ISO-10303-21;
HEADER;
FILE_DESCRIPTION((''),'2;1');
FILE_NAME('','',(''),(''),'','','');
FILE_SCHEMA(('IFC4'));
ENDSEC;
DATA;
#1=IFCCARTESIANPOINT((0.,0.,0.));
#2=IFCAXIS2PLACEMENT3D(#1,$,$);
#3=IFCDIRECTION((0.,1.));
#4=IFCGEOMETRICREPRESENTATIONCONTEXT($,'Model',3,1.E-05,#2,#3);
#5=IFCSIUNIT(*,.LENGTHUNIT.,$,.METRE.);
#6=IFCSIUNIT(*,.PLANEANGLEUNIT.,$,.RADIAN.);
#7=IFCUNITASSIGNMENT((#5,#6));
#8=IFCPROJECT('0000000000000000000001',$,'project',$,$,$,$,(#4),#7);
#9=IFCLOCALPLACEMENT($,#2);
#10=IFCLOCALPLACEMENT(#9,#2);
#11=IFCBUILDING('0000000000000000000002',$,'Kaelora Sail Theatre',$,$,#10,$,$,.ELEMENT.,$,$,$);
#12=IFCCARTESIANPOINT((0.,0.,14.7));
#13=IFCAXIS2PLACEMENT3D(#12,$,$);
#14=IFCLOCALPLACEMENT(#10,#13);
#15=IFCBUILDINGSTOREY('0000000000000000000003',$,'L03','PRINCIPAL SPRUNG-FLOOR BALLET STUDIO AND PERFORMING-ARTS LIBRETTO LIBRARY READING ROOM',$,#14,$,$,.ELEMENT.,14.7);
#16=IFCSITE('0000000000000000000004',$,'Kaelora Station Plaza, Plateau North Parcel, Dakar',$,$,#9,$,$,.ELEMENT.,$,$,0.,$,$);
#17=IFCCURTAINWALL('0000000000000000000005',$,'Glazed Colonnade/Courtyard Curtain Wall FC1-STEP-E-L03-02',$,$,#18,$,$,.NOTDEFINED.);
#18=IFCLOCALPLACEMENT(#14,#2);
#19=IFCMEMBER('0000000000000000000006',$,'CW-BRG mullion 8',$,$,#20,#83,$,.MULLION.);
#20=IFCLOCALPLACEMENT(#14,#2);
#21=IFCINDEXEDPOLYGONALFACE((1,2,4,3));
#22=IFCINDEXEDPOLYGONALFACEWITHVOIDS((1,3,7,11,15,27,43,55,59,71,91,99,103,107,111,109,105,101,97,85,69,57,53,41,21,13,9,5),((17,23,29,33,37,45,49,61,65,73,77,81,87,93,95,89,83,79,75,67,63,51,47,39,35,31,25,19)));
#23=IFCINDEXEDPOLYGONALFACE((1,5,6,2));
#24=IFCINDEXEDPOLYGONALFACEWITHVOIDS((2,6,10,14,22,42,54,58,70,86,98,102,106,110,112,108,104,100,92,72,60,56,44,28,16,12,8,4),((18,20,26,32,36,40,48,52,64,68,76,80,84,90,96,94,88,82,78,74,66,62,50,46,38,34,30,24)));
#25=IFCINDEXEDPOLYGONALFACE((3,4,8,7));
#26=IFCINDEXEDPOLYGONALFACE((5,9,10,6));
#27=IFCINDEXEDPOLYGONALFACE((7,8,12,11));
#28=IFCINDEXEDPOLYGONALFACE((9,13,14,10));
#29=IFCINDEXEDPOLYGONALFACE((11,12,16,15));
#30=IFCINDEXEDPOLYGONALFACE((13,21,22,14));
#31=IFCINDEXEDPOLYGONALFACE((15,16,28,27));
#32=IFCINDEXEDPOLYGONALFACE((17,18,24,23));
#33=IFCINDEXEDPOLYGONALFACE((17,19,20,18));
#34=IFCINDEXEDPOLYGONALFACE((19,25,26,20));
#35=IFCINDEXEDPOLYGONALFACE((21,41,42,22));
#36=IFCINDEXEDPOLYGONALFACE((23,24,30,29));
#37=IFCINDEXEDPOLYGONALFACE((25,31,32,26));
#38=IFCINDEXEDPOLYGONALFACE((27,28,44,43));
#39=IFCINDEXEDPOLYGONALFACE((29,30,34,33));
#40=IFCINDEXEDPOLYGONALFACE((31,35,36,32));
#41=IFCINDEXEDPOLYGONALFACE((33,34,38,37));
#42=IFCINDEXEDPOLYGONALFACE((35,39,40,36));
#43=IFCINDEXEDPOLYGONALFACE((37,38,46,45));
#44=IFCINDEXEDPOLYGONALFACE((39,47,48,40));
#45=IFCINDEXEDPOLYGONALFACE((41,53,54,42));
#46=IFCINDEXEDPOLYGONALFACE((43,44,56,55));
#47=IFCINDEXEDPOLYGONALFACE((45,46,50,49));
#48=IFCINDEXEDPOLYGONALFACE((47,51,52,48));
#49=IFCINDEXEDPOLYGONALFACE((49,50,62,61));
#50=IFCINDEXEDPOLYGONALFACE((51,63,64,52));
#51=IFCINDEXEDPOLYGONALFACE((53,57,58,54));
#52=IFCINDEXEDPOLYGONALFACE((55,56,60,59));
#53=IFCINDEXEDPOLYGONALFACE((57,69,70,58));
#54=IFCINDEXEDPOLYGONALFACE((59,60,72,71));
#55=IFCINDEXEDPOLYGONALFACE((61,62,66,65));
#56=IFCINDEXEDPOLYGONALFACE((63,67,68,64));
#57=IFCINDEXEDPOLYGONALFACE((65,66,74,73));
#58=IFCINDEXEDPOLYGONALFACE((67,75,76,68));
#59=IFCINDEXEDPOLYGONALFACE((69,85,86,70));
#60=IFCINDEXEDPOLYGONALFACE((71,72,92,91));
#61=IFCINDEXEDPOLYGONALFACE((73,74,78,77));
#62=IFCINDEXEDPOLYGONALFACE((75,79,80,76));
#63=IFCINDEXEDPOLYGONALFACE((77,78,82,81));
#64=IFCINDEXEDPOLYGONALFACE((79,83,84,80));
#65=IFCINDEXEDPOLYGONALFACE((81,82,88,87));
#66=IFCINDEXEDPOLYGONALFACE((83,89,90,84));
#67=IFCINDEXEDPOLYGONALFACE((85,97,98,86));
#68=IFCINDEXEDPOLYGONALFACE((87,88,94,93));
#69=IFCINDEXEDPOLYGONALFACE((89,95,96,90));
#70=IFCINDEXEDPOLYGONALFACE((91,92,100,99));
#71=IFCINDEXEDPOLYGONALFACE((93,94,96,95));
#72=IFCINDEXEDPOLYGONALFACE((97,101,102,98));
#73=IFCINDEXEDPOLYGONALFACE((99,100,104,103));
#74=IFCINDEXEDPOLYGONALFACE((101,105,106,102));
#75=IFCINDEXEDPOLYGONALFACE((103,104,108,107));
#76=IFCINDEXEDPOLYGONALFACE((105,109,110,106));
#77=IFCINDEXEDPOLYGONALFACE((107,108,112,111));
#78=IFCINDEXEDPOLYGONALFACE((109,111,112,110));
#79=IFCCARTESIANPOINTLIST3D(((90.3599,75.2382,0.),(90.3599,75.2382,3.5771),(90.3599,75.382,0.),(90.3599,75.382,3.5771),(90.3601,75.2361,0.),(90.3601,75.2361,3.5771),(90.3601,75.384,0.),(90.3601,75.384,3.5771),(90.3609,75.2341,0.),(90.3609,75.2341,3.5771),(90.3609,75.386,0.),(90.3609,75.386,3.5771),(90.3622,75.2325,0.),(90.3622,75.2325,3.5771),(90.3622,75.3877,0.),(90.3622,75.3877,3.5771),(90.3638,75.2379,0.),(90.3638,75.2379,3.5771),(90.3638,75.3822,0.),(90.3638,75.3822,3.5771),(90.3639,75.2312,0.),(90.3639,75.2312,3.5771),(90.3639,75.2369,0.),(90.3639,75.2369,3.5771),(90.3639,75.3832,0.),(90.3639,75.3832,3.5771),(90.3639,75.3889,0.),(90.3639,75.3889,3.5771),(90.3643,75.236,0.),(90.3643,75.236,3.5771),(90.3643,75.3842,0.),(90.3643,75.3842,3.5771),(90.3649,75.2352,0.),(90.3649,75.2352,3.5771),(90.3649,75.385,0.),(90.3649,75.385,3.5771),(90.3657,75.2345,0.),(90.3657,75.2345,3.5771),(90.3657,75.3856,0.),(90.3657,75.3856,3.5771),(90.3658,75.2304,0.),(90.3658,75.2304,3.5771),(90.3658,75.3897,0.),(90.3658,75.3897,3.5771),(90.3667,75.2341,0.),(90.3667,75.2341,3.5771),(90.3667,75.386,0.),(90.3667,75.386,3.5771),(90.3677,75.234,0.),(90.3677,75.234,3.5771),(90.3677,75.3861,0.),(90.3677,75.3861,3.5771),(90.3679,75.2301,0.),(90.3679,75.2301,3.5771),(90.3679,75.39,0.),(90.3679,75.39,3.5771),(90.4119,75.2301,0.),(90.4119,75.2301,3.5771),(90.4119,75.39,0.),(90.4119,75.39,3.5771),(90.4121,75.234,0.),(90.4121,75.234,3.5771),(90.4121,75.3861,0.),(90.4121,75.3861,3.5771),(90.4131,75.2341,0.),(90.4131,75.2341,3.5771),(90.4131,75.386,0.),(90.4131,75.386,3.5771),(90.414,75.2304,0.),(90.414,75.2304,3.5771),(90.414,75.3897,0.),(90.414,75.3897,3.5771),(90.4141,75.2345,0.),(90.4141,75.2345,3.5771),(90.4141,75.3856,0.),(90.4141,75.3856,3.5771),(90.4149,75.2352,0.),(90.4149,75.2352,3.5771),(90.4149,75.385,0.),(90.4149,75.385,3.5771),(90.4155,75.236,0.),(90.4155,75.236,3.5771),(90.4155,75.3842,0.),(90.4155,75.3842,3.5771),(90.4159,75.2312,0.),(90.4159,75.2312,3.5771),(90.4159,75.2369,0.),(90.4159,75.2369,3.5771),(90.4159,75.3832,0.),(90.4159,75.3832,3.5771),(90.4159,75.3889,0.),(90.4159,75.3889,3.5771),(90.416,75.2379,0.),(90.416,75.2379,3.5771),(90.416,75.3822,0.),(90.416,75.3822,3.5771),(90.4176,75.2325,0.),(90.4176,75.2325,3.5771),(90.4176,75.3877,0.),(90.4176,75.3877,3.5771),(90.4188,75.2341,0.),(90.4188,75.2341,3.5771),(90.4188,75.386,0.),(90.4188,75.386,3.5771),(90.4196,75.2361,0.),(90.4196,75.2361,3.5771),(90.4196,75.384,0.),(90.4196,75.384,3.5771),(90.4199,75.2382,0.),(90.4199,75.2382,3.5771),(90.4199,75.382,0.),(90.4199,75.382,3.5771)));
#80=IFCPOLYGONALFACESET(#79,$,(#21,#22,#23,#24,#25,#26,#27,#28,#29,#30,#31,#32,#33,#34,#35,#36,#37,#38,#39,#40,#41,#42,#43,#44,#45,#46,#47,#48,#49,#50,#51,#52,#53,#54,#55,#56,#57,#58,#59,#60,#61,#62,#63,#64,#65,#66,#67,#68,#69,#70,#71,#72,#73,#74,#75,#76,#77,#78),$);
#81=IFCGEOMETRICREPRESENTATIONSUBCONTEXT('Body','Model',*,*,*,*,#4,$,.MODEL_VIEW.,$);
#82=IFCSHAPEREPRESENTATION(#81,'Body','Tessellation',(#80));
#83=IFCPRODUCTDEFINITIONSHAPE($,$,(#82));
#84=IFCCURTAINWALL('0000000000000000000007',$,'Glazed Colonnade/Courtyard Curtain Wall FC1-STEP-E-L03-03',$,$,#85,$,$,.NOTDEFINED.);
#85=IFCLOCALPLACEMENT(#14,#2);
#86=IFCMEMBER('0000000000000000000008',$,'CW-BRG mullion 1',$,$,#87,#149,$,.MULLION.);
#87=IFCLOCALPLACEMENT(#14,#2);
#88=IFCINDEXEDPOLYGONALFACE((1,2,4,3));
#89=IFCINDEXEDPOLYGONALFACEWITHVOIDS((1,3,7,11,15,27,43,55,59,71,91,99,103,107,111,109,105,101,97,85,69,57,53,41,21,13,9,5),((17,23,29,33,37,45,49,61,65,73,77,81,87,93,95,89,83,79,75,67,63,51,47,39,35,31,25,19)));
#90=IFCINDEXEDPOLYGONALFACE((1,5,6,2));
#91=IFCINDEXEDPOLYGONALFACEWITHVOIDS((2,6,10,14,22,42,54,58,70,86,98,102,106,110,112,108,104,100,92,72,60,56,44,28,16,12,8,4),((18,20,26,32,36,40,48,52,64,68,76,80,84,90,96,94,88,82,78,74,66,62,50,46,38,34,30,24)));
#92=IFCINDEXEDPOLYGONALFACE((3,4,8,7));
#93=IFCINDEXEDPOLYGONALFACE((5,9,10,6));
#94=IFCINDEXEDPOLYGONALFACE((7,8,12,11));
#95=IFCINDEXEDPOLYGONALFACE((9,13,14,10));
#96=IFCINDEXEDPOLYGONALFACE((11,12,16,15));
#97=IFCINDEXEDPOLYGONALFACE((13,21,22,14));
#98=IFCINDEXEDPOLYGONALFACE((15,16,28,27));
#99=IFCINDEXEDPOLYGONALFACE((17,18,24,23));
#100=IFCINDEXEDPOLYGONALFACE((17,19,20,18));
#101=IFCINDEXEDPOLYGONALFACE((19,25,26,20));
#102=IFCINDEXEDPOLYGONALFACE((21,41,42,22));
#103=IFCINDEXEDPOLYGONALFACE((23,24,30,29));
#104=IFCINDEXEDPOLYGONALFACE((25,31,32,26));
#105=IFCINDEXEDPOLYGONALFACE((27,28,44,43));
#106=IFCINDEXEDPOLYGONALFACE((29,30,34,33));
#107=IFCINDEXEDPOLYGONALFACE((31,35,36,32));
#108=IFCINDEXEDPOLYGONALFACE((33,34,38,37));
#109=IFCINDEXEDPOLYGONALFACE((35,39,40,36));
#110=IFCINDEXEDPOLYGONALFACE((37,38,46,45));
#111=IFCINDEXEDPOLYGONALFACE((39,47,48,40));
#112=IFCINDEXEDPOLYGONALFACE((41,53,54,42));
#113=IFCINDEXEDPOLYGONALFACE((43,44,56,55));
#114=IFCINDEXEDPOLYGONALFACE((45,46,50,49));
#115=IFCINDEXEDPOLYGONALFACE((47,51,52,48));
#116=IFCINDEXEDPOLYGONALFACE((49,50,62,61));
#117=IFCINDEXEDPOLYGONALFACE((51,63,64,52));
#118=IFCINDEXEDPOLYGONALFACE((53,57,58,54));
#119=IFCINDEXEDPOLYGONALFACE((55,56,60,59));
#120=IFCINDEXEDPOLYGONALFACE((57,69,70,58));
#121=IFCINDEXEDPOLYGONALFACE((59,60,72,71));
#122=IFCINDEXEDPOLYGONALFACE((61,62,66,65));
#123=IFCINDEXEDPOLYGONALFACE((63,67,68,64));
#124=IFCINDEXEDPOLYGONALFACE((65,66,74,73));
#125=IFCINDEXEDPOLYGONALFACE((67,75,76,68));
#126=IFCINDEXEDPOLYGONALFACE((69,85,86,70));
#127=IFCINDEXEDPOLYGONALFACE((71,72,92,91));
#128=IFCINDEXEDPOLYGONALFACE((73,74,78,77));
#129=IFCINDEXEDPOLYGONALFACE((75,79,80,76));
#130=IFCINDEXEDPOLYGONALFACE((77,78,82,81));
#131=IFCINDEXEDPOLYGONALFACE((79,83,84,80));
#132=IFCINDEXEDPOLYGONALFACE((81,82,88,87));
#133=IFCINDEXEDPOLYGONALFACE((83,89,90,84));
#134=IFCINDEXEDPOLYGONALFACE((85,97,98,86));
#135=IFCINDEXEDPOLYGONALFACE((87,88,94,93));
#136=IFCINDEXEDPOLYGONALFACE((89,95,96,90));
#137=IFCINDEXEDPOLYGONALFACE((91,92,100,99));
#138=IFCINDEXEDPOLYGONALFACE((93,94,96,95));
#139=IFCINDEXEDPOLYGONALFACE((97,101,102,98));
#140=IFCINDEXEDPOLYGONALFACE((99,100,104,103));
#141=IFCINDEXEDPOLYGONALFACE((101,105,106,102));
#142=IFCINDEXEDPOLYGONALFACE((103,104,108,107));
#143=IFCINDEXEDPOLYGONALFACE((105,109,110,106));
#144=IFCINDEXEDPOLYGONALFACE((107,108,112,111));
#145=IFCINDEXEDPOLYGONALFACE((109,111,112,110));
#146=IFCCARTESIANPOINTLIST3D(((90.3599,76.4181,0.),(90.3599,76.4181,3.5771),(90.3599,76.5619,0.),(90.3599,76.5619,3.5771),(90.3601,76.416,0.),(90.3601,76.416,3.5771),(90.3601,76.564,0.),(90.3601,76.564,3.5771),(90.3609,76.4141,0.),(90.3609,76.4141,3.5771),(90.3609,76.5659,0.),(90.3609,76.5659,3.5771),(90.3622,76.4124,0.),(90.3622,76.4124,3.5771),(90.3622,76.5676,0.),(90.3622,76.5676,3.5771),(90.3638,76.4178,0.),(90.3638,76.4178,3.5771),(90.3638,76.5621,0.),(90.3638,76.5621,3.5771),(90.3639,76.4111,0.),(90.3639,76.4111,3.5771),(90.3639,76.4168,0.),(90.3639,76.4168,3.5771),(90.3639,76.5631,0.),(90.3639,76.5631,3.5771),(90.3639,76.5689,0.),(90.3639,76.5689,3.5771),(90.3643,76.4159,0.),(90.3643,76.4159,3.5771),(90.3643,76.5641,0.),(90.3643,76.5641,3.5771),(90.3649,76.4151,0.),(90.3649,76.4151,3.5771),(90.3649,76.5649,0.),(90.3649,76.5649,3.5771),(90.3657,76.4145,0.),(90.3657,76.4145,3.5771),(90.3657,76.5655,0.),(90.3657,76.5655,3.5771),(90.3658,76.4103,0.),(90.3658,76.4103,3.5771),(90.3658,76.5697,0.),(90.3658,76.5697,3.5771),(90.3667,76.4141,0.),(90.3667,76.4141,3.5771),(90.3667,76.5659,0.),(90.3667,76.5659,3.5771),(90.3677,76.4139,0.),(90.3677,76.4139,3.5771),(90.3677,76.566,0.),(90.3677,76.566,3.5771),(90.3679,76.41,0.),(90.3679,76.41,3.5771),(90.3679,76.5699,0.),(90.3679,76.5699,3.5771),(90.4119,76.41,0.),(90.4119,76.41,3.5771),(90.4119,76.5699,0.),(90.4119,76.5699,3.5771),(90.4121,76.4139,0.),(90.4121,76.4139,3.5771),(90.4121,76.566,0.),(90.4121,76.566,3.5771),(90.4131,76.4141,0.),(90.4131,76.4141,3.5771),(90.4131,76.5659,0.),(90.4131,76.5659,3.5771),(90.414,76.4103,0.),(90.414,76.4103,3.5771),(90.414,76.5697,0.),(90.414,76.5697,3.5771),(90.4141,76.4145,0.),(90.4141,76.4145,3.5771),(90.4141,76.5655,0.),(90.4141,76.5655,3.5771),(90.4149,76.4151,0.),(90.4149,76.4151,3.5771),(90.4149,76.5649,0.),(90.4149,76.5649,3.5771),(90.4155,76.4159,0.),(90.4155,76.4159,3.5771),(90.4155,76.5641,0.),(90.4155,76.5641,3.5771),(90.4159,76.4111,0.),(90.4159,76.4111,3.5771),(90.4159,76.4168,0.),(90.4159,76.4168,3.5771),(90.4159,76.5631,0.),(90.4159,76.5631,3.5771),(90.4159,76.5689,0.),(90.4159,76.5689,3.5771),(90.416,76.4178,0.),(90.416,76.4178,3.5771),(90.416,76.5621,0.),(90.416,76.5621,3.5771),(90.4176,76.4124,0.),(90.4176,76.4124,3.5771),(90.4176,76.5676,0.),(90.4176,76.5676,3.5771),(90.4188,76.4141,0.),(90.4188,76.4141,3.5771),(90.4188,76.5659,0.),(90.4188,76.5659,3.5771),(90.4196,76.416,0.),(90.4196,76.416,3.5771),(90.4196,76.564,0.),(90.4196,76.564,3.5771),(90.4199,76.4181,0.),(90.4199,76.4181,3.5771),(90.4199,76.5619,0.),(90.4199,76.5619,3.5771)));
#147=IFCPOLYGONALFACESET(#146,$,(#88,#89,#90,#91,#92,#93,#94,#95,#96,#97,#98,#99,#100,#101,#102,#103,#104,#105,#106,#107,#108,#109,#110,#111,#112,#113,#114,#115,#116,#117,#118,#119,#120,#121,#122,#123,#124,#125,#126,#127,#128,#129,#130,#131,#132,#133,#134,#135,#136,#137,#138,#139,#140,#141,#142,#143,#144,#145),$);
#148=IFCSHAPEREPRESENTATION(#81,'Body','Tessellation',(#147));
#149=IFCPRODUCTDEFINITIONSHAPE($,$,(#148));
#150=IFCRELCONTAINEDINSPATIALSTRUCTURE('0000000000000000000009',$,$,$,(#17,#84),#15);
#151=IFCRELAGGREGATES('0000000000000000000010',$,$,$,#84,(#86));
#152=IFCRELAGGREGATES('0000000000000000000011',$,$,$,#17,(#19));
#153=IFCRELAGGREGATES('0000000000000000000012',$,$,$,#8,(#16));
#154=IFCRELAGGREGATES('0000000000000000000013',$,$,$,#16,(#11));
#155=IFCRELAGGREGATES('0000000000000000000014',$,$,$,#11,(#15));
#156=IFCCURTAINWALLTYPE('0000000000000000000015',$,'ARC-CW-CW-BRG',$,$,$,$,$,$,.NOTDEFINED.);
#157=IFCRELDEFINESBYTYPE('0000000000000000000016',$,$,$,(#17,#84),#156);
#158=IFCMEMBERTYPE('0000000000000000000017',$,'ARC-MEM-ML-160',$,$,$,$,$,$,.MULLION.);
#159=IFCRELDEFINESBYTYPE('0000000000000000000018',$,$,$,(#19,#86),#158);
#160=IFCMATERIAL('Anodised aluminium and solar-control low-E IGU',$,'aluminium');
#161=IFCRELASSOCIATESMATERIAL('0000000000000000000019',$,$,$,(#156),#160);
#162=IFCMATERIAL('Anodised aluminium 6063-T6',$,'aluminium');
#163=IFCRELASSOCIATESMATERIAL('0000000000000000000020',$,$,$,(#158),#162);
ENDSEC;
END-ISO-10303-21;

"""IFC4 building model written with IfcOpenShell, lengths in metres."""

from ifc_helpers import new_model, si_unit, direction, frame, origin, origin_2d, place, context, subcontext, project, spatial, hollow_rectangle, extrude, material, material_profile, profile_set, type_object, element, aggregate, save


model = new_model("IFC4")

# Units and contexts
model_context = context("Model", 3, precision=1e-05, world=origin(), true_north=direction((0.0, 1.0)))
body_context = subcontext(model_context, "Body", "Model", "MODEL_VIEW")
ifc_project = project(units=[si_unit("LENGTHUNIT", "METRE"), si_unit("PLANEANGLEUNIT", "RADIAN")], contexts=[model_context])

# Site, building, storey
site_placement = place(None, origin())
site = spatial("IfcSite", under=ifc_project, at=site_placement, Name="Kaelora Station Plaza, Plateau North Parcel, Dakar", CompositionType="ELEMENT", RefElevation=0.0)
building_placement = place(site_placement, origin())
building = spatial("IfcBuilding", under=site, at=building_placement, Name="Kaelora Sail Theatre", CompositionType="ELEMENT")
storey_placement = place(building_placement, frame((0.0, 0.0, 14.7)))
storey = spatial("IfcBuildingStorey", under=building, at=storey_placement, Name="L03", Description="PRINCIPAL SPRUNG-FLOOR BALLET STUDIO AND PERFORMING-ARTS LIBRETTO LIBRARY READING ROOM", CompositionType="ELEMENT", Elevation=14.7)

# Curtain wall, member
ifc_material_1 = material(Name="Anodised aluminium and solar-control low-E IGU", Category="aluminium")
curtain_wall_type = type_object("IfcCurtainWallType", Name="ARC-CW-CW-BRG", PredefinedType="NOTDEFINED", material=ifc_material_1)
curtain_wall_1_placement = place(storey_placement, origin())
curtain_wall_1 = element("IfcCurtainWall", 1, at=curtain_wall_1_placement, inside=storey, type_object=curtain_wall_type, Name="Glazed Colonnade/Courtyard Curtain Wall FC1-STEP-E-L03-02", PredefinedType="NOTDEFINED")
ifc_material_2 = material(Name="Anodised aluminium 6063-T6", Category="aluminium")
ifc_material_profile_1 = material_profile(ifc_material_2, hollow_rectangle(XDim=0.0601, YDim=0.1599, WallThickness=0.0039, InnerFilletRadius=0.0039, OuterFilletRadius=0.0081, at=origin_2d()), Name="ALU-MULL 60x160x4")
ifc_profile_set_1 = profile_set([ifc_material_profile_1], Name="Anodised aluminium 6063-T6")
member_type_1 = type_object("IfcMemberType", Name="ARC-MEM-ML-160", PredefinedType="MULLION", material=ifc_profile_set_1)
member_1_placement = place(storey_placement, frame((90.3899, 75.3101, 0.0), z_axis=(0.0, 0.0, 1.0), x_axis=(-1.0, 0.0, 0.0)))
member_1 = element("IfcMember", 2, at=member_1_placement, type_object=member_type_1, Name="CW-BRG mullion 8", PredefinedType="MULLION", context=body_context, shape_type="SweptSolid", body=[
    extrude(hollow_rectangle(XDim=0.0601, YDim=0.1599, WallThickness=0.0039, InnerFilletRadius=0.0039, OuterFilletRadius=0.0081, at=origin_2d()), origin(), (0.0, 0.0, 1.0), 3.5771),
])

# Curtain wall, member
curtain_wall_2_placement = place(storey_placement, origin())
curtain_wall_2 = element("IfcCurtainWall", 3, at=curtain_wall_2_placement, inside=storey, type_object=curtain_wall_type, Name="Glazed Colonnade/Courtyard Curtain Wall FC1-STEP-E-L03-03", PredefinedType="NOTDEFINED")
member_2_placement = place(storey_placement, frame((90.3899, 76.49, 0.0), z_axis=(0.0, 0.0, 1.0), x_axis=(-1.0, 0.0, 0.0)))
member_2 = element("IfcMember", 4, at=member_2_placement, type_object=member_type_1, Name="CW-BRG mullion 1", PredefinedType="MULLION", context=body_context, shape_type="SweptSolid", body=[
    extrude(hollow_rectangle(XDim=0.0601, YDim=0.1599, WallThickness=0.0039, InnerFilletRadius=0.0039, OuterFilletRadius=0.0081, at=origin_2d()), origin(), (0.0, 0.0, 1.0), 3.5771),
])

aggregate(curtain_wall_2, [member_2])

aggregate(curtain_wall_1, [member_1])

save(model, "model.ifc")
